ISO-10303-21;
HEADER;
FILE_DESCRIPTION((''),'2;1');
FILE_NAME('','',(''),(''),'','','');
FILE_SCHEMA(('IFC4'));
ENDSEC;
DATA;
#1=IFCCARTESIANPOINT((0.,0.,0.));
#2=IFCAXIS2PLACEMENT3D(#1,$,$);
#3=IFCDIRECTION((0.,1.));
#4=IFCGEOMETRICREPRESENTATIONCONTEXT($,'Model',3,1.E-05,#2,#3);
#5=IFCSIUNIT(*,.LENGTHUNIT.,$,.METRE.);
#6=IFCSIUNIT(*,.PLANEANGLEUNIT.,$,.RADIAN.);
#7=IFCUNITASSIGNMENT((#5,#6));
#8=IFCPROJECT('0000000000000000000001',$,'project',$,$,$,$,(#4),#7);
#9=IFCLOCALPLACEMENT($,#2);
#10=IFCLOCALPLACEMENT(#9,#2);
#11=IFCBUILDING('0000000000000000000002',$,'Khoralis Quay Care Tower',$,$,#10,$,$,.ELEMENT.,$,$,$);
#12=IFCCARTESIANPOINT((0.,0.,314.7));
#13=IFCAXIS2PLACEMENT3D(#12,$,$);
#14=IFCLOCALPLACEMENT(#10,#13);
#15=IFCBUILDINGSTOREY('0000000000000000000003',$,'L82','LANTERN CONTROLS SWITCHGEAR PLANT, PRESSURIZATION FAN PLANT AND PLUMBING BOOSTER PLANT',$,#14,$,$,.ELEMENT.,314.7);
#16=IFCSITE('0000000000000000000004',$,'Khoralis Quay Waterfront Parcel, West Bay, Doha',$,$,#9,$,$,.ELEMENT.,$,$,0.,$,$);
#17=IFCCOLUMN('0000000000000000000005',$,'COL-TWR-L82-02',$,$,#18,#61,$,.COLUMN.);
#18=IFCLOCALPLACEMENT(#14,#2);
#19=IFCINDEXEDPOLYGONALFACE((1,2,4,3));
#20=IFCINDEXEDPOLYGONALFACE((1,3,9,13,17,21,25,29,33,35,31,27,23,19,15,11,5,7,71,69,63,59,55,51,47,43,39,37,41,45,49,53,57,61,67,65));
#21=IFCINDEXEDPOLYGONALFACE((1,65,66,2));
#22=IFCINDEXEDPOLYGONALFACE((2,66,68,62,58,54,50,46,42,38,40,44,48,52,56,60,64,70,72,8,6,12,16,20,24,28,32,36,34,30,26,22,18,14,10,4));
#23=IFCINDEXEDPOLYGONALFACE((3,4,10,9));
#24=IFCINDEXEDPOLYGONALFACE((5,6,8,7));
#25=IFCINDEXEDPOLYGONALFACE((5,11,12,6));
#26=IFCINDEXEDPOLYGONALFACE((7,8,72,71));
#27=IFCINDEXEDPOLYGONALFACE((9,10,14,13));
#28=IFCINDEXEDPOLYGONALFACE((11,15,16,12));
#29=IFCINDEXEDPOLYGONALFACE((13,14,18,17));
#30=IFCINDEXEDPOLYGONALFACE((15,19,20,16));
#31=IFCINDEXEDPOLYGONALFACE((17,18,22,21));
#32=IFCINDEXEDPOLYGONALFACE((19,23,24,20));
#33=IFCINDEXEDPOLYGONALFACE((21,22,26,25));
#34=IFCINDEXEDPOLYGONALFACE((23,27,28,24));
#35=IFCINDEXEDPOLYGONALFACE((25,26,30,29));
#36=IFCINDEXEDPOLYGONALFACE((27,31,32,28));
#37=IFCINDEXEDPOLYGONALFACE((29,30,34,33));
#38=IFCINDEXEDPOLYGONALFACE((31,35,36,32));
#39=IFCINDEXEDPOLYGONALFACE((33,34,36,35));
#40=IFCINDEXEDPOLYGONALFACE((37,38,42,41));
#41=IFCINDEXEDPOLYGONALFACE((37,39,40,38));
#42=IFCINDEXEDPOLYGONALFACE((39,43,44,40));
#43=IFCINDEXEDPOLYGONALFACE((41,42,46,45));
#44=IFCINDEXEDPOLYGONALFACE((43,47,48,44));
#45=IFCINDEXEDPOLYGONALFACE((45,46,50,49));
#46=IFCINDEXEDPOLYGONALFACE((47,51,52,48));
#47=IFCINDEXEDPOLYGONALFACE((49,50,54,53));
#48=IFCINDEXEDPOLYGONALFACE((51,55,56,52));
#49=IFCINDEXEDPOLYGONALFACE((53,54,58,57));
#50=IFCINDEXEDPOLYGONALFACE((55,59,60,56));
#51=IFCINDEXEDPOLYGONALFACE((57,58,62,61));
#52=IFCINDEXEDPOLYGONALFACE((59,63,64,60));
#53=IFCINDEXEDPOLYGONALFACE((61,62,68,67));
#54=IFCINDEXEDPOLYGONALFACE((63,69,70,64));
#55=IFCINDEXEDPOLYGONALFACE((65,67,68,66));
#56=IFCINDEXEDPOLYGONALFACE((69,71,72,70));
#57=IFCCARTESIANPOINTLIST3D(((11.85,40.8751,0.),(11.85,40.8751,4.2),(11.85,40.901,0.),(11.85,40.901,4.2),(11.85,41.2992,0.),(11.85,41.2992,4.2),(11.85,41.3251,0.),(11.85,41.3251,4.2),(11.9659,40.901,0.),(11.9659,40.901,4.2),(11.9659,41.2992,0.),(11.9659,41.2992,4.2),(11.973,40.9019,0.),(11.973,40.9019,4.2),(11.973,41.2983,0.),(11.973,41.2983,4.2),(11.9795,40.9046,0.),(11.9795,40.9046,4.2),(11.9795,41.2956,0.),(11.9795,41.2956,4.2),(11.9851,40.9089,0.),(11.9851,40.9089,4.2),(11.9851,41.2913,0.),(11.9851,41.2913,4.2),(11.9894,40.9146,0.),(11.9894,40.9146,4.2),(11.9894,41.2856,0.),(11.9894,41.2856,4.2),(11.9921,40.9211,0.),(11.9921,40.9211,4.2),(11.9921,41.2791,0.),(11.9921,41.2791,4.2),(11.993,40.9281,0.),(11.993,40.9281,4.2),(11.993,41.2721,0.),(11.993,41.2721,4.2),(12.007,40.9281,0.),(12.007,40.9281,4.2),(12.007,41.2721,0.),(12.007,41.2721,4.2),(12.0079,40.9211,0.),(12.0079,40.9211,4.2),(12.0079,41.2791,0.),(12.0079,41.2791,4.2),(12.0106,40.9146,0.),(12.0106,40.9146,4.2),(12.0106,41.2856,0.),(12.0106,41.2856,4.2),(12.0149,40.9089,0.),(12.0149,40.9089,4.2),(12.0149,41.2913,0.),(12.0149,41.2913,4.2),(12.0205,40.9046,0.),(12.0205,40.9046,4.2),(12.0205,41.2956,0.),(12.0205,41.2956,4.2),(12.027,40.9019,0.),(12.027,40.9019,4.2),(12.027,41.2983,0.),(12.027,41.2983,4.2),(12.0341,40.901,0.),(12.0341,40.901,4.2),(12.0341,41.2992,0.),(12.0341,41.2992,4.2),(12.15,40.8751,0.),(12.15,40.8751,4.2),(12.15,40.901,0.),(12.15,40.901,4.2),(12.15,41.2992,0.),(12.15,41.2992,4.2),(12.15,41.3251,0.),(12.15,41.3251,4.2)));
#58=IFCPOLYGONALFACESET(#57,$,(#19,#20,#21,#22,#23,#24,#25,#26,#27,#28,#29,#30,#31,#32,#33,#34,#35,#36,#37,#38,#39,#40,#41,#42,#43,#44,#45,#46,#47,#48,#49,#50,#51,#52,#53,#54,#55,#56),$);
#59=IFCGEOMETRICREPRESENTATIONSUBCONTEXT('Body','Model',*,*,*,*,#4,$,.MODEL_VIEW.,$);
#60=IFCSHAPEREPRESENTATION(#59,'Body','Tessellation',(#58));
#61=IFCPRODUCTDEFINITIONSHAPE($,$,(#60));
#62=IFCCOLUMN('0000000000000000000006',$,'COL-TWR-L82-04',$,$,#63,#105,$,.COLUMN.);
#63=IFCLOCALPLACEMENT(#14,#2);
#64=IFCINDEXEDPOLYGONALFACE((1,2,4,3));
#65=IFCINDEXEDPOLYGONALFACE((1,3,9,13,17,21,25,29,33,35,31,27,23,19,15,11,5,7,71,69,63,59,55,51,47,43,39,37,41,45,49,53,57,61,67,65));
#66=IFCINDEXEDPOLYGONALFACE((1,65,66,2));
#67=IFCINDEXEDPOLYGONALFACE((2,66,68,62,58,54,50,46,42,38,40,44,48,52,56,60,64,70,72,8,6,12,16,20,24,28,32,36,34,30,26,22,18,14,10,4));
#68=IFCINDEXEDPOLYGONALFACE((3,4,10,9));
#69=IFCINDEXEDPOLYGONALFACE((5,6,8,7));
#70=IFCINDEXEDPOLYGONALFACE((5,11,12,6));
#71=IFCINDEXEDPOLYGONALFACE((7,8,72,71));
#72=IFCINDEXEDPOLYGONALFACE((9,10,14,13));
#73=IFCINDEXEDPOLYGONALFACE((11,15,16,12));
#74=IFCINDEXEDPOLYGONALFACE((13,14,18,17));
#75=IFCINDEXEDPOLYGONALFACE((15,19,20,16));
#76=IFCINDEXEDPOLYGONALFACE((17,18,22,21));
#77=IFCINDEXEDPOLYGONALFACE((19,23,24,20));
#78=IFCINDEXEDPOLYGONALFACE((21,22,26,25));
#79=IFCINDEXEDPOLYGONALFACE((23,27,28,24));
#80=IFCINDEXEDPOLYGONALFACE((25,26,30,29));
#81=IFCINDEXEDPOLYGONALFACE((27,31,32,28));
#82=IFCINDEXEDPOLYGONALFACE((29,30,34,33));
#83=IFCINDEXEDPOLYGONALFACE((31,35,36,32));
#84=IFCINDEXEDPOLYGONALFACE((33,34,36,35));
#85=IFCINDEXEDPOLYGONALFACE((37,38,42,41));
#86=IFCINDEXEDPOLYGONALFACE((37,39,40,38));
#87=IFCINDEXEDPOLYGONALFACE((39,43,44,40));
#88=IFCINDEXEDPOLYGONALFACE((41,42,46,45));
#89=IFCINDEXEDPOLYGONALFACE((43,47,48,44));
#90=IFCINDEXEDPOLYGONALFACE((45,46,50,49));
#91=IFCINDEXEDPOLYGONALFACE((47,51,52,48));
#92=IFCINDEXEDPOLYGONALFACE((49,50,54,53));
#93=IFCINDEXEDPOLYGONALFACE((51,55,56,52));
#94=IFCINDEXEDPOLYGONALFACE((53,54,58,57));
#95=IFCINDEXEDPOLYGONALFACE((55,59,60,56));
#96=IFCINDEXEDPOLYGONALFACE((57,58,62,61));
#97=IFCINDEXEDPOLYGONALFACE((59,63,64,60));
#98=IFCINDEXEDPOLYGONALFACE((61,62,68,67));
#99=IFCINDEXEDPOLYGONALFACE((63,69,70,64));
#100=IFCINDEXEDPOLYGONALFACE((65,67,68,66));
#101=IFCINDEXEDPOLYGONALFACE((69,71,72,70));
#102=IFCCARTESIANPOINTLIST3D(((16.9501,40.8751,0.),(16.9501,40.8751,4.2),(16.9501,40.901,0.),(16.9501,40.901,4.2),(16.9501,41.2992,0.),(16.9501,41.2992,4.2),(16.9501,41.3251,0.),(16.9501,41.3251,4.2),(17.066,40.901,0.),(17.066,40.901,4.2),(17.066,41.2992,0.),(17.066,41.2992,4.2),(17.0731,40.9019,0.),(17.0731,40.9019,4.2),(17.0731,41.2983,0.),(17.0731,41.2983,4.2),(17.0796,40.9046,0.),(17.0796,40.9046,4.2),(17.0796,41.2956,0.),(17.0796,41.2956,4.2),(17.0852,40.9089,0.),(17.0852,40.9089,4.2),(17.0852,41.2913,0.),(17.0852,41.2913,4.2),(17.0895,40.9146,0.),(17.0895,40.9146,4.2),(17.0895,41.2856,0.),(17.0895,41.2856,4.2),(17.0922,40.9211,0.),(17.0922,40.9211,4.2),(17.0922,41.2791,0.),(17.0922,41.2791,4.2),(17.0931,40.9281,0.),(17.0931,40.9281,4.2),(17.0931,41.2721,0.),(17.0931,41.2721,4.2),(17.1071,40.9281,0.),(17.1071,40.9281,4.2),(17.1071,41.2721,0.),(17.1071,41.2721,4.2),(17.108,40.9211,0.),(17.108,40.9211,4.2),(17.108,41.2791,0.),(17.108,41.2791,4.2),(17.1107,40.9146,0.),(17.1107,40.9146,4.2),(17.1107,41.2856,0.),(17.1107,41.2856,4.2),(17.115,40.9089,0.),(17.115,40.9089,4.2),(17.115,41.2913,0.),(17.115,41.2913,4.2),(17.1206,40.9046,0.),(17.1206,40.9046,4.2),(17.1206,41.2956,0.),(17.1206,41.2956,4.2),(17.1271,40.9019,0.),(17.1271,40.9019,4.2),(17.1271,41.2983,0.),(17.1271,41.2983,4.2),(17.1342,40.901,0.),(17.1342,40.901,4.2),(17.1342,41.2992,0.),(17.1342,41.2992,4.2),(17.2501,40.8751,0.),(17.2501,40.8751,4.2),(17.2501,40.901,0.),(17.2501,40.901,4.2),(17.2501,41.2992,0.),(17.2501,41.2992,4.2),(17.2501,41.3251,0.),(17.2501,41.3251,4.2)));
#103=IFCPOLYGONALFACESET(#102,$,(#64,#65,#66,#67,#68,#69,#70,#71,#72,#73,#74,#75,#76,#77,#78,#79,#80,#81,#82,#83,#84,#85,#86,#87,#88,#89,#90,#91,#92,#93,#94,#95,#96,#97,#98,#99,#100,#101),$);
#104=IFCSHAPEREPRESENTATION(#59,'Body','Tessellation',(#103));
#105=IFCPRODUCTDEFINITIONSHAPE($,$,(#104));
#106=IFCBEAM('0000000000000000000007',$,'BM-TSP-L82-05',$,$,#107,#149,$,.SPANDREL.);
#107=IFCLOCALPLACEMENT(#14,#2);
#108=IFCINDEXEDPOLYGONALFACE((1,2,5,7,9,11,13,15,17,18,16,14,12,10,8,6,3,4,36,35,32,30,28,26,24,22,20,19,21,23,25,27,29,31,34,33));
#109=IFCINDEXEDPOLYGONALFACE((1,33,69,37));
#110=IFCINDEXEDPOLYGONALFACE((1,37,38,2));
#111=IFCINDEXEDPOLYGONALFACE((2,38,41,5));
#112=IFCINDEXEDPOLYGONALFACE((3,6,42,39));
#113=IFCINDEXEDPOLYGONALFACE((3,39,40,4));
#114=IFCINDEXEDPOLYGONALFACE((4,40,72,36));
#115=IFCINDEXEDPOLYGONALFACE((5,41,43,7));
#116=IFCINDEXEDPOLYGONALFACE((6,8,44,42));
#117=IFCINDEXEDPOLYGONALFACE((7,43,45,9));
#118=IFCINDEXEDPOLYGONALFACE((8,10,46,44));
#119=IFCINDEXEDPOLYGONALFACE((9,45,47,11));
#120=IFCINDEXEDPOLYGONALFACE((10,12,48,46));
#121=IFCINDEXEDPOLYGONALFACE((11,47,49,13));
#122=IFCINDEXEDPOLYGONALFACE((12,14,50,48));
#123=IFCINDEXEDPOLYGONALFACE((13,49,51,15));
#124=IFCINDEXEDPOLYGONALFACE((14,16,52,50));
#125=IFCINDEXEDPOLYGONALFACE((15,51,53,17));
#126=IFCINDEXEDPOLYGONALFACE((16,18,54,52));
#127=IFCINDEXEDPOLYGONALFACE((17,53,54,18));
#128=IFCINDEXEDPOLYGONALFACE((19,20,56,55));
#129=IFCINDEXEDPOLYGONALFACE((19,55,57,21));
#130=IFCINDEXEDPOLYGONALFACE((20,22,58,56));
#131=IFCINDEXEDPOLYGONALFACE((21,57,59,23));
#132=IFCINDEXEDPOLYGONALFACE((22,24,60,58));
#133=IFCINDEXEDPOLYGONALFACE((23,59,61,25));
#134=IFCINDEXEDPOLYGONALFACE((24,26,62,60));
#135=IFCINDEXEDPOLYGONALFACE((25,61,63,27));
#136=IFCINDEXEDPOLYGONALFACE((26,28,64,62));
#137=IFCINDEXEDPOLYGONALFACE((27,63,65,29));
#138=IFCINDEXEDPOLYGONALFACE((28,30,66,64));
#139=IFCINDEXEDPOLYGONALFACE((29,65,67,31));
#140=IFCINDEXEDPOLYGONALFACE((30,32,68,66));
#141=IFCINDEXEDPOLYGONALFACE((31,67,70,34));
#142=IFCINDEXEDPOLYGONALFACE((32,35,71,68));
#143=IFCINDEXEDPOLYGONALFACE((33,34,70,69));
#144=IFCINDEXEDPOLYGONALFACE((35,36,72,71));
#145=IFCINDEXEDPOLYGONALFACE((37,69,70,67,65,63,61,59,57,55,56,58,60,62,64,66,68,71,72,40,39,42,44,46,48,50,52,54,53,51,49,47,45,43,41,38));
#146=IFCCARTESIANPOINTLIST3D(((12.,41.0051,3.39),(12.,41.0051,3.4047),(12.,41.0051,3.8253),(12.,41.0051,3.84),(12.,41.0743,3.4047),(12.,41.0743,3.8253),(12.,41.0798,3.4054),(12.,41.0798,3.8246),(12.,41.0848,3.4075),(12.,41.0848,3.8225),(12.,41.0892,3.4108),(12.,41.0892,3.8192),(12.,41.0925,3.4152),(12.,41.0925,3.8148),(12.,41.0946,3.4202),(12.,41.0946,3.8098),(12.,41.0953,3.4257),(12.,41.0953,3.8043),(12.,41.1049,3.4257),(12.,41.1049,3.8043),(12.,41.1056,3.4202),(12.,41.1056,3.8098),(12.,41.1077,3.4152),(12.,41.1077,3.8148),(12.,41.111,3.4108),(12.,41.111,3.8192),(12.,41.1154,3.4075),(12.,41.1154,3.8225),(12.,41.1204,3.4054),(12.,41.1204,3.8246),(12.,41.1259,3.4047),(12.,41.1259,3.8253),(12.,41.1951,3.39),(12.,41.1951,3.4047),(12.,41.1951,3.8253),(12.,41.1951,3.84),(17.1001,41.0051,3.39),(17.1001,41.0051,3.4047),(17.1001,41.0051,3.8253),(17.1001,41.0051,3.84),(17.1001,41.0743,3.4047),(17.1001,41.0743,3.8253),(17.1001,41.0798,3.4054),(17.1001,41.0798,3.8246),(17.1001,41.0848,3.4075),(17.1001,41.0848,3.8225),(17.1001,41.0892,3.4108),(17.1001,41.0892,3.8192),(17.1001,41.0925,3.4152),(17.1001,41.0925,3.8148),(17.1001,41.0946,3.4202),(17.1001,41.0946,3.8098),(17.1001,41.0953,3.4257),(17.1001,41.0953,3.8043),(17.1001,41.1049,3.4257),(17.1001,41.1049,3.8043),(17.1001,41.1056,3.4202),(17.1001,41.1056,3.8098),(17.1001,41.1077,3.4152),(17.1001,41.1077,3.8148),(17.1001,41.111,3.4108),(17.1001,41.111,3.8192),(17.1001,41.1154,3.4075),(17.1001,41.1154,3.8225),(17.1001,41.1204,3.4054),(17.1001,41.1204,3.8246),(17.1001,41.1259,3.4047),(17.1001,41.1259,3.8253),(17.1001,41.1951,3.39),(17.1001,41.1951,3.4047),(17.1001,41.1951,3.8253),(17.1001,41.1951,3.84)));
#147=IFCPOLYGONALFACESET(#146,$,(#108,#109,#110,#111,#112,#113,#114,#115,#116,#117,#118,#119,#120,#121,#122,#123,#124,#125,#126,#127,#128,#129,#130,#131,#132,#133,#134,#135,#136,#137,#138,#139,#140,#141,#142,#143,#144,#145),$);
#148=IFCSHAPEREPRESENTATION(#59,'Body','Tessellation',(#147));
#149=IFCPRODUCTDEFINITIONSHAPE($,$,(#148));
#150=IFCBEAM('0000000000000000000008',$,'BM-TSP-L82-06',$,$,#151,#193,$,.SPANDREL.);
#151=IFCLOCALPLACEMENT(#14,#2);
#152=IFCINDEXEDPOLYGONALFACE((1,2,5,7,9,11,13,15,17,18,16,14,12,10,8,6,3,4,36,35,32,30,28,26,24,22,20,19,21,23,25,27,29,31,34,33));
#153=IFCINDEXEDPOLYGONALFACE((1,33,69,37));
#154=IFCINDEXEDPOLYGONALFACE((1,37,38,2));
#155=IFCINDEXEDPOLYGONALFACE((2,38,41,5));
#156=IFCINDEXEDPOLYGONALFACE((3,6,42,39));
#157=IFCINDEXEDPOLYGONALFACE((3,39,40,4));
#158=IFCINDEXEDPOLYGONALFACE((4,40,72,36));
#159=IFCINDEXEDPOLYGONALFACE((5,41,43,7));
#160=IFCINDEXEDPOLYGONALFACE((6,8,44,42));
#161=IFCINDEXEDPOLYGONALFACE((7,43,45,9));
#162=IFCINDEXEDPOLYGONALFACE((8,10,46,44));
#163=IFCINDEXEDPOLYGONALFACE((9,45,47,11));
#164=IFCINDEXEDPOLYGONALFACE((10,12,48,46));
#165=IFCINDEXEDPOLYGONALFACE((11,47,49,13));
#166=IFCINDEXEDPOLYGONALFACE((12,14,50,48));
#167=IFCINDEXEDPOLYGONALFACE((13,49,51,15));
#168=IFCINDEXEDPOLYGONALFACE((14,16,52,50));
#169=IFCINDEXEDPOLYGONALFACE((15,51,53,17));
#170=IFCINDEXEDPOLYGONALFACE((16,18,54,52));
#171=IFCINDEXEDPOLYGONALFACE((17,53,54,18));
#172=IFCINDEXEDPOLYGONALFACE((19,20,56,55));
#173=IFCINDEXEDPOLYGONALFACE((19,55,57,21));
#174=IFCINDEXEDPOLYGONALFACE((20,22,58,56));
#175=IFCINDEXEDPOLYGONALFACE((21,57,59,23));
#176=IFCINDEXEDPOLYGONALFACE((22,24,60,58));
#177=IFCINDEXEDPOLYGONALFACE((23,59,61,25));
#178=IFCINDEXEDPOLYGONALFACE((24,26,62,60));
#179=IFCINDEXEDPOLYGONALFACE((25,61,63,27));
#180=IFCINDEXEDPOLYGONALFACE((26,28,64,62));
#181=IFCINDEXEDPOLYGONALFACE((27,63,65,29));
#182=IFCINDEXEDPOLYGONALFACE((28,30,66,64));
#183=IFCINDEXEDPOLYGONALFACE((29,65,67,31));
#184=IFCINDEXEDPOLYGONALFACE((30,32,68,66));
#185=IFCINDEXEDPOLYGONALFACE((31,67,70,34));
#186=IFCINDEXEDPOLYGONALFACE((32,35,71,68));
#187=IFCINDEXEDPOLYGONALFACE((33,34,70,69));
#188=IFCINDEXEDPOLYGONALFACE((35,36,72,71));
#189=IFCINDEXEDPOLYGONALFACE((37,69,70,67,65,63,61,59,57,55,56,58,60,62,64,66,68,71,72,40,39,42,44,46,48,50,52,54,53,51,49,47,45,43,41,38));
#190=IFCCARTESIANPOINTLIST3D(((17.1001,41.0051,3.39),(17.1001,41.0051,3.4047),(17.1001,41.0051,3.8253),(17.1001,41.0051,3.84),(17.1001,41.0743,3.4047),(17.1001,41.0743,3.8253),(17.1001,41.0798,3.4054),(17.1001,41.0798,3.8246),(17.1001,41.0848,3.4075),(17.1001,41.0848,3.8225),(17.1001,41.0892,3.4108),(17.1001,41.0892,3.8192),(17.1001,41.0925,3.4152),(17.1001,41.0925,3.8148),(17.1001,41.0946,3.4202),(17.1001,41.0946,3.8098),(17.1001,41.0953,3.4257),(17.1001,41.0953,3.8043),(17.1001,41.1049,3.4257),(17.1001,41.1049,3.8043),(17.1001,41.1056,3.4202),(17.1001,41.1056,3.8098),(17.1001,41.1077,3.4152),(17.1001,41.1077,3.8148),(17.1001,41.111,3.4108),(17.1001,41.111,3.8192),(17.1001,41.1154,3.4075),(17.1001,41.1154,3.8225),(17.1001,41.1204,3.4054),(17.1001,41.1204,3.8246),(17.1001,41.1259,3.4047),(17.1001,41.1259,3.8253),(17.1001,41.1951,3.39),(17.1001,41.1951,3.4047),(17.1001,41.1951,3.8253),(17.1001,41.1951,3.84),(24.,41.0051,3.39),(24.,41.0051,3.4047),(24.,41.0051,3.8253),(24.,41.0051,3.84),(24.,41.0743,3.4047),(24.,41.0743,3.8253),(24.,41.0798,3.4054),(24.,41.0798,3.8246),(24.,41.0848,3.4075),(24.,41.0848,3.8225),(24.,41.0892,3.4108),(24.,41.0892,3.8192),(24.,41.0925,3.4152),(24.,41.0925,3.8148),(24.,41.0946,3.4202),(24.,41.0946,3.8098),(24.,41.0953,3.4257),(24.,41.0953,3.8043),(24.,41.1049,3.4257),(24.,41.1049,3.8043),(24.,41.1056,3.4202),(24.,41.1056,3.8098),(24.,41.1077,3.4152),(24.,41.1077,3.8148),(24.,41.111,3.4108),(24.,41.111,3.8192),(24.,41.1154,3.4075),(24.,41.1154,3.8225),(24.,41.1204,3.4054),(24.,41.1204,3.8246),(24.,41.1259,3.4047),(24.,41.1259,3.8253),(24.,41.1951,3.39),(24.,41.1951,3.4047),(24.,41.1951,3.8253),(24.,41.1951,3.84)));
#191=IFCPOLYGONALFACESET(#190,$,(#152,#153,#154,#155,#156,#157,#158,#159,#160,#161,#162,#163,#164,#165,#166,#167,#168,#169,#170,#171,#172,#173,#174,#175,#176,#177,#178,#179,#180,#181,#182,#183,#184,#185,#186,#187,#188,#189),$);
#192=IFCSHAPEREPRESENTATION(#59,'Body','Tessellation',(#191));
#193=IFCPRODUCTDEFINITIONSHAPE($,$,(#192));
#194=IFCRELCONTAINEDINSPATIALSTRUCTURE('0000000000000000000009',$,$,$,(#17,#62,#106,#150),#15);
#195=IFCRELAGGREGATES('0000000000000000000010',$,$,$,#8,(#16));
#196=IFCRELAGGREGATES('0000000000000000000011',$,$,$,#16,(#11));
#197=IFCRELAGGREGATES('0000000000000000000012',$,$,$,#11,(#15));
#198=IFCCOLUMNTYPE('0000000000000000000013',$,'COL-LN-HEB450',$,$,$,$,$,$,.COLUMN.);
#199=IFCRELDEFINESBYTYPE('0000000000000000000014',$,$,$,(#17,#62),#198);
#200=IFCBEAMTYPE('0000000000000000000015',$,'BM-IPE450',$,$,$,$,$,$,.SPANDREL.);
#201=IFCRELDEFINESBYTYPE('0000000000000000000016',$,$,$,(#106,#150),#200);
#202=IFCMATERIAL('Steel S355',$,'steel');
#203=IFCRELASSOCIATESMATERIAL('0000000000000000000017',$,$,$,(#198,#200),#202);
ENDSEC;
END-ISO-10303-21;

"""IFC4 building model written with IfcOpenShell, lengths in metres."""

from ifc_helpers import new_model, si_unit, direction, frame, origin, origin_2d, place, context, subcontext, project, spatial, i_section, extrude, source, transform, mapped, material, material_profile, profile_set, type_object, element, save


model = new_model("IFC4")

# Units and contexts
model_context = context("Model", 3, precision=1e-05, world=origin(), true_north=direction((0.0, 1.0)))
body_context = subcontext(model_context, "Body", "Model", "MODEL_VIEW")
ifc_project = project(units=[si_unit("LENGTHUNIT", "METRE"), si_unit("PLANEANGLEUNIT", "RADIAN")], contexts=[model_context])

# Site, building, storey
site_placement = place(None, origin())
site = spatial("IfcSite", under=ifc_project, at=site_placement, Name="Khoralis Quay Waterfront Parcel, West Bay, Doha", CompositionType="ELEMENT", RefElevation=0.0)
building_placement = place(site_placement, origin())
building = spatial("IfcBuilding", under=site, at=building_placement, Name="Khoralis Quay Care Tower", CompositionType="ELEMENT")
storey_placement = place(building_placement, frame((0.0, 0.0, 314.7)))
storey = spatial("IfcBuildingStorey", under=building, at=storey_placement, Name="L82", Description="LANTERN CONTROLS SWITCHGEAR PLANT, PRESSURIZATION FAN PLANT AND PLUMBING BOOSTER PLANT", CompositionType="ELEMENT", Elevation=314.7)

# Columns
ifc_material_1 = material(Name="Steel S355", Category="steel")
ifc_material_profile_1 = material_profile(ifc_material_1, i_section(OverallWidth=0.3, OverallDepth=0.45, WebThickness=0.0139, FlangeThickness=0.0259, FilletRadius=0.0271, at=origin_2d()), Name="Steel S355")
ifc_profile_set_1 = profile_set([ifc_material_profile_1], Name="Steel S355")
column_type = type_object("IfcColumnType", Name="COL-LN-HEB450", PredefinedType="COLUMN", material=ifc_profile_set_1)
shared_shape_1 = source(origin(), body_context, "Body", "SweptSolid", [
    extrude(i_section(OverallWidth=0.3, OverallDepth=0.45, WebThickness=0.0139, FlangeThickness=0.0259, FilletRadius=0.0271, at=origin_2d()), origin(), (0.0, 0.0, 1.0), 4.2),
])
for number, where, z_axis, x_axis, name in (
    (1, (12.0, 41.1001, 0.0), (0.0, 0.0, 1.0), (1.0, 0.0, 0.0), "COL-TWR-L82-02"),
    (2, (17.1001, 41.1001, 0.0), (0.0, 0.0, 1.0), (1.0, 0.0, 0.0), "COL-TWR-L82-04"),
):
    element("IfcColumn", number, at=place(storey_placement, frame(where, z_axis=z_axis, x_axis=x_axis)), inside=storey, type_object=column_type, Name=name, PredefinedType="COLUMN", context=body_context, shape_type="MappedRepresentation", body=[
        mapped(shared_shape_1, transform((0.0, 0.0, 0.0), scale=1.0)),
    ])

# Beams
ifc_material_profile_2 = material_profile(ifc_material_1, i_section(OverallWidth=0.1899, OverallDepth=0.45, WebThickness=0.0095, FlangeThickness=0.0146, FilletRadius=0.021, at=origin_2d()), Name="Steel S355")
ifc_profile_set_2 = profile_set([ifc_material_profile_2], Name="Steel S355")
beam_type_1 = type_object("IfcBeamType", Name="BM-IPE450", PredefinedType="SPANDREL", material=ifc_profile_set_2)
shared_shape_2 = source(origin(), body_context, "Body", "SweptSolid", [
    extrude(i_section(OverallWidth=0.1899, OverallDepth=0.45, WebThickness=0.0095, FlangeThickness=0.0146, FilletRadius=0.021, at=origin_2d()), origin(), (0.0, 0.0, 1.0), 5.1001),
])
beam_1_placement = place(storey_placement, frame((12.0, 41.1001, 3.615), z_axis=(1.0, 0.0, 0.0), x_axis=(0.0, 1.0, 0.0)))
element("IfcBeam", 3, at=beam_1_placement, inside=storey, type_object=beam_type_1, Name="BM-TSP-L82-05", PredefinedType="SPANDREL", context=body_context, shape_type="MappedRepresentation", body=[
    mapped(shared_shape_2, transform((0.0, 0.0, 0.0), scale=1.0)),
])
shared_shape_3 = source(origin(), body_context, "Body", "SweptSolid", [
    extrude(i_section(OverallWidth=0.1899, OverallDepth=0.45, WebThickness=0.0095, FlangeThickness=0.0146, FilletRadius=0.021, at=origin_2d()), origin(), (0.0, 0.0, 1.0), 6.8999),
])
beam_2_placement = place(storey_placement, frame((17.1001, 41.1001, 3.615), z_axis=(1.0, 0.0, 0.0), x_axis=(0.0, 1.0, 0.0)))
element("IfcBeam", 4, at=beam_2_placement, inside=storey, type_object=beam_type_1, Name="BM-TSP-L82-06", PredefinedType="SPANDREL", context=body_context, shape_type="MappedRepresentation", body=[
    mapped(shared_shape_3, transform((0.0, 0.0, 0.0), scale=1.0)),
])

save(model, "model.ifc")
